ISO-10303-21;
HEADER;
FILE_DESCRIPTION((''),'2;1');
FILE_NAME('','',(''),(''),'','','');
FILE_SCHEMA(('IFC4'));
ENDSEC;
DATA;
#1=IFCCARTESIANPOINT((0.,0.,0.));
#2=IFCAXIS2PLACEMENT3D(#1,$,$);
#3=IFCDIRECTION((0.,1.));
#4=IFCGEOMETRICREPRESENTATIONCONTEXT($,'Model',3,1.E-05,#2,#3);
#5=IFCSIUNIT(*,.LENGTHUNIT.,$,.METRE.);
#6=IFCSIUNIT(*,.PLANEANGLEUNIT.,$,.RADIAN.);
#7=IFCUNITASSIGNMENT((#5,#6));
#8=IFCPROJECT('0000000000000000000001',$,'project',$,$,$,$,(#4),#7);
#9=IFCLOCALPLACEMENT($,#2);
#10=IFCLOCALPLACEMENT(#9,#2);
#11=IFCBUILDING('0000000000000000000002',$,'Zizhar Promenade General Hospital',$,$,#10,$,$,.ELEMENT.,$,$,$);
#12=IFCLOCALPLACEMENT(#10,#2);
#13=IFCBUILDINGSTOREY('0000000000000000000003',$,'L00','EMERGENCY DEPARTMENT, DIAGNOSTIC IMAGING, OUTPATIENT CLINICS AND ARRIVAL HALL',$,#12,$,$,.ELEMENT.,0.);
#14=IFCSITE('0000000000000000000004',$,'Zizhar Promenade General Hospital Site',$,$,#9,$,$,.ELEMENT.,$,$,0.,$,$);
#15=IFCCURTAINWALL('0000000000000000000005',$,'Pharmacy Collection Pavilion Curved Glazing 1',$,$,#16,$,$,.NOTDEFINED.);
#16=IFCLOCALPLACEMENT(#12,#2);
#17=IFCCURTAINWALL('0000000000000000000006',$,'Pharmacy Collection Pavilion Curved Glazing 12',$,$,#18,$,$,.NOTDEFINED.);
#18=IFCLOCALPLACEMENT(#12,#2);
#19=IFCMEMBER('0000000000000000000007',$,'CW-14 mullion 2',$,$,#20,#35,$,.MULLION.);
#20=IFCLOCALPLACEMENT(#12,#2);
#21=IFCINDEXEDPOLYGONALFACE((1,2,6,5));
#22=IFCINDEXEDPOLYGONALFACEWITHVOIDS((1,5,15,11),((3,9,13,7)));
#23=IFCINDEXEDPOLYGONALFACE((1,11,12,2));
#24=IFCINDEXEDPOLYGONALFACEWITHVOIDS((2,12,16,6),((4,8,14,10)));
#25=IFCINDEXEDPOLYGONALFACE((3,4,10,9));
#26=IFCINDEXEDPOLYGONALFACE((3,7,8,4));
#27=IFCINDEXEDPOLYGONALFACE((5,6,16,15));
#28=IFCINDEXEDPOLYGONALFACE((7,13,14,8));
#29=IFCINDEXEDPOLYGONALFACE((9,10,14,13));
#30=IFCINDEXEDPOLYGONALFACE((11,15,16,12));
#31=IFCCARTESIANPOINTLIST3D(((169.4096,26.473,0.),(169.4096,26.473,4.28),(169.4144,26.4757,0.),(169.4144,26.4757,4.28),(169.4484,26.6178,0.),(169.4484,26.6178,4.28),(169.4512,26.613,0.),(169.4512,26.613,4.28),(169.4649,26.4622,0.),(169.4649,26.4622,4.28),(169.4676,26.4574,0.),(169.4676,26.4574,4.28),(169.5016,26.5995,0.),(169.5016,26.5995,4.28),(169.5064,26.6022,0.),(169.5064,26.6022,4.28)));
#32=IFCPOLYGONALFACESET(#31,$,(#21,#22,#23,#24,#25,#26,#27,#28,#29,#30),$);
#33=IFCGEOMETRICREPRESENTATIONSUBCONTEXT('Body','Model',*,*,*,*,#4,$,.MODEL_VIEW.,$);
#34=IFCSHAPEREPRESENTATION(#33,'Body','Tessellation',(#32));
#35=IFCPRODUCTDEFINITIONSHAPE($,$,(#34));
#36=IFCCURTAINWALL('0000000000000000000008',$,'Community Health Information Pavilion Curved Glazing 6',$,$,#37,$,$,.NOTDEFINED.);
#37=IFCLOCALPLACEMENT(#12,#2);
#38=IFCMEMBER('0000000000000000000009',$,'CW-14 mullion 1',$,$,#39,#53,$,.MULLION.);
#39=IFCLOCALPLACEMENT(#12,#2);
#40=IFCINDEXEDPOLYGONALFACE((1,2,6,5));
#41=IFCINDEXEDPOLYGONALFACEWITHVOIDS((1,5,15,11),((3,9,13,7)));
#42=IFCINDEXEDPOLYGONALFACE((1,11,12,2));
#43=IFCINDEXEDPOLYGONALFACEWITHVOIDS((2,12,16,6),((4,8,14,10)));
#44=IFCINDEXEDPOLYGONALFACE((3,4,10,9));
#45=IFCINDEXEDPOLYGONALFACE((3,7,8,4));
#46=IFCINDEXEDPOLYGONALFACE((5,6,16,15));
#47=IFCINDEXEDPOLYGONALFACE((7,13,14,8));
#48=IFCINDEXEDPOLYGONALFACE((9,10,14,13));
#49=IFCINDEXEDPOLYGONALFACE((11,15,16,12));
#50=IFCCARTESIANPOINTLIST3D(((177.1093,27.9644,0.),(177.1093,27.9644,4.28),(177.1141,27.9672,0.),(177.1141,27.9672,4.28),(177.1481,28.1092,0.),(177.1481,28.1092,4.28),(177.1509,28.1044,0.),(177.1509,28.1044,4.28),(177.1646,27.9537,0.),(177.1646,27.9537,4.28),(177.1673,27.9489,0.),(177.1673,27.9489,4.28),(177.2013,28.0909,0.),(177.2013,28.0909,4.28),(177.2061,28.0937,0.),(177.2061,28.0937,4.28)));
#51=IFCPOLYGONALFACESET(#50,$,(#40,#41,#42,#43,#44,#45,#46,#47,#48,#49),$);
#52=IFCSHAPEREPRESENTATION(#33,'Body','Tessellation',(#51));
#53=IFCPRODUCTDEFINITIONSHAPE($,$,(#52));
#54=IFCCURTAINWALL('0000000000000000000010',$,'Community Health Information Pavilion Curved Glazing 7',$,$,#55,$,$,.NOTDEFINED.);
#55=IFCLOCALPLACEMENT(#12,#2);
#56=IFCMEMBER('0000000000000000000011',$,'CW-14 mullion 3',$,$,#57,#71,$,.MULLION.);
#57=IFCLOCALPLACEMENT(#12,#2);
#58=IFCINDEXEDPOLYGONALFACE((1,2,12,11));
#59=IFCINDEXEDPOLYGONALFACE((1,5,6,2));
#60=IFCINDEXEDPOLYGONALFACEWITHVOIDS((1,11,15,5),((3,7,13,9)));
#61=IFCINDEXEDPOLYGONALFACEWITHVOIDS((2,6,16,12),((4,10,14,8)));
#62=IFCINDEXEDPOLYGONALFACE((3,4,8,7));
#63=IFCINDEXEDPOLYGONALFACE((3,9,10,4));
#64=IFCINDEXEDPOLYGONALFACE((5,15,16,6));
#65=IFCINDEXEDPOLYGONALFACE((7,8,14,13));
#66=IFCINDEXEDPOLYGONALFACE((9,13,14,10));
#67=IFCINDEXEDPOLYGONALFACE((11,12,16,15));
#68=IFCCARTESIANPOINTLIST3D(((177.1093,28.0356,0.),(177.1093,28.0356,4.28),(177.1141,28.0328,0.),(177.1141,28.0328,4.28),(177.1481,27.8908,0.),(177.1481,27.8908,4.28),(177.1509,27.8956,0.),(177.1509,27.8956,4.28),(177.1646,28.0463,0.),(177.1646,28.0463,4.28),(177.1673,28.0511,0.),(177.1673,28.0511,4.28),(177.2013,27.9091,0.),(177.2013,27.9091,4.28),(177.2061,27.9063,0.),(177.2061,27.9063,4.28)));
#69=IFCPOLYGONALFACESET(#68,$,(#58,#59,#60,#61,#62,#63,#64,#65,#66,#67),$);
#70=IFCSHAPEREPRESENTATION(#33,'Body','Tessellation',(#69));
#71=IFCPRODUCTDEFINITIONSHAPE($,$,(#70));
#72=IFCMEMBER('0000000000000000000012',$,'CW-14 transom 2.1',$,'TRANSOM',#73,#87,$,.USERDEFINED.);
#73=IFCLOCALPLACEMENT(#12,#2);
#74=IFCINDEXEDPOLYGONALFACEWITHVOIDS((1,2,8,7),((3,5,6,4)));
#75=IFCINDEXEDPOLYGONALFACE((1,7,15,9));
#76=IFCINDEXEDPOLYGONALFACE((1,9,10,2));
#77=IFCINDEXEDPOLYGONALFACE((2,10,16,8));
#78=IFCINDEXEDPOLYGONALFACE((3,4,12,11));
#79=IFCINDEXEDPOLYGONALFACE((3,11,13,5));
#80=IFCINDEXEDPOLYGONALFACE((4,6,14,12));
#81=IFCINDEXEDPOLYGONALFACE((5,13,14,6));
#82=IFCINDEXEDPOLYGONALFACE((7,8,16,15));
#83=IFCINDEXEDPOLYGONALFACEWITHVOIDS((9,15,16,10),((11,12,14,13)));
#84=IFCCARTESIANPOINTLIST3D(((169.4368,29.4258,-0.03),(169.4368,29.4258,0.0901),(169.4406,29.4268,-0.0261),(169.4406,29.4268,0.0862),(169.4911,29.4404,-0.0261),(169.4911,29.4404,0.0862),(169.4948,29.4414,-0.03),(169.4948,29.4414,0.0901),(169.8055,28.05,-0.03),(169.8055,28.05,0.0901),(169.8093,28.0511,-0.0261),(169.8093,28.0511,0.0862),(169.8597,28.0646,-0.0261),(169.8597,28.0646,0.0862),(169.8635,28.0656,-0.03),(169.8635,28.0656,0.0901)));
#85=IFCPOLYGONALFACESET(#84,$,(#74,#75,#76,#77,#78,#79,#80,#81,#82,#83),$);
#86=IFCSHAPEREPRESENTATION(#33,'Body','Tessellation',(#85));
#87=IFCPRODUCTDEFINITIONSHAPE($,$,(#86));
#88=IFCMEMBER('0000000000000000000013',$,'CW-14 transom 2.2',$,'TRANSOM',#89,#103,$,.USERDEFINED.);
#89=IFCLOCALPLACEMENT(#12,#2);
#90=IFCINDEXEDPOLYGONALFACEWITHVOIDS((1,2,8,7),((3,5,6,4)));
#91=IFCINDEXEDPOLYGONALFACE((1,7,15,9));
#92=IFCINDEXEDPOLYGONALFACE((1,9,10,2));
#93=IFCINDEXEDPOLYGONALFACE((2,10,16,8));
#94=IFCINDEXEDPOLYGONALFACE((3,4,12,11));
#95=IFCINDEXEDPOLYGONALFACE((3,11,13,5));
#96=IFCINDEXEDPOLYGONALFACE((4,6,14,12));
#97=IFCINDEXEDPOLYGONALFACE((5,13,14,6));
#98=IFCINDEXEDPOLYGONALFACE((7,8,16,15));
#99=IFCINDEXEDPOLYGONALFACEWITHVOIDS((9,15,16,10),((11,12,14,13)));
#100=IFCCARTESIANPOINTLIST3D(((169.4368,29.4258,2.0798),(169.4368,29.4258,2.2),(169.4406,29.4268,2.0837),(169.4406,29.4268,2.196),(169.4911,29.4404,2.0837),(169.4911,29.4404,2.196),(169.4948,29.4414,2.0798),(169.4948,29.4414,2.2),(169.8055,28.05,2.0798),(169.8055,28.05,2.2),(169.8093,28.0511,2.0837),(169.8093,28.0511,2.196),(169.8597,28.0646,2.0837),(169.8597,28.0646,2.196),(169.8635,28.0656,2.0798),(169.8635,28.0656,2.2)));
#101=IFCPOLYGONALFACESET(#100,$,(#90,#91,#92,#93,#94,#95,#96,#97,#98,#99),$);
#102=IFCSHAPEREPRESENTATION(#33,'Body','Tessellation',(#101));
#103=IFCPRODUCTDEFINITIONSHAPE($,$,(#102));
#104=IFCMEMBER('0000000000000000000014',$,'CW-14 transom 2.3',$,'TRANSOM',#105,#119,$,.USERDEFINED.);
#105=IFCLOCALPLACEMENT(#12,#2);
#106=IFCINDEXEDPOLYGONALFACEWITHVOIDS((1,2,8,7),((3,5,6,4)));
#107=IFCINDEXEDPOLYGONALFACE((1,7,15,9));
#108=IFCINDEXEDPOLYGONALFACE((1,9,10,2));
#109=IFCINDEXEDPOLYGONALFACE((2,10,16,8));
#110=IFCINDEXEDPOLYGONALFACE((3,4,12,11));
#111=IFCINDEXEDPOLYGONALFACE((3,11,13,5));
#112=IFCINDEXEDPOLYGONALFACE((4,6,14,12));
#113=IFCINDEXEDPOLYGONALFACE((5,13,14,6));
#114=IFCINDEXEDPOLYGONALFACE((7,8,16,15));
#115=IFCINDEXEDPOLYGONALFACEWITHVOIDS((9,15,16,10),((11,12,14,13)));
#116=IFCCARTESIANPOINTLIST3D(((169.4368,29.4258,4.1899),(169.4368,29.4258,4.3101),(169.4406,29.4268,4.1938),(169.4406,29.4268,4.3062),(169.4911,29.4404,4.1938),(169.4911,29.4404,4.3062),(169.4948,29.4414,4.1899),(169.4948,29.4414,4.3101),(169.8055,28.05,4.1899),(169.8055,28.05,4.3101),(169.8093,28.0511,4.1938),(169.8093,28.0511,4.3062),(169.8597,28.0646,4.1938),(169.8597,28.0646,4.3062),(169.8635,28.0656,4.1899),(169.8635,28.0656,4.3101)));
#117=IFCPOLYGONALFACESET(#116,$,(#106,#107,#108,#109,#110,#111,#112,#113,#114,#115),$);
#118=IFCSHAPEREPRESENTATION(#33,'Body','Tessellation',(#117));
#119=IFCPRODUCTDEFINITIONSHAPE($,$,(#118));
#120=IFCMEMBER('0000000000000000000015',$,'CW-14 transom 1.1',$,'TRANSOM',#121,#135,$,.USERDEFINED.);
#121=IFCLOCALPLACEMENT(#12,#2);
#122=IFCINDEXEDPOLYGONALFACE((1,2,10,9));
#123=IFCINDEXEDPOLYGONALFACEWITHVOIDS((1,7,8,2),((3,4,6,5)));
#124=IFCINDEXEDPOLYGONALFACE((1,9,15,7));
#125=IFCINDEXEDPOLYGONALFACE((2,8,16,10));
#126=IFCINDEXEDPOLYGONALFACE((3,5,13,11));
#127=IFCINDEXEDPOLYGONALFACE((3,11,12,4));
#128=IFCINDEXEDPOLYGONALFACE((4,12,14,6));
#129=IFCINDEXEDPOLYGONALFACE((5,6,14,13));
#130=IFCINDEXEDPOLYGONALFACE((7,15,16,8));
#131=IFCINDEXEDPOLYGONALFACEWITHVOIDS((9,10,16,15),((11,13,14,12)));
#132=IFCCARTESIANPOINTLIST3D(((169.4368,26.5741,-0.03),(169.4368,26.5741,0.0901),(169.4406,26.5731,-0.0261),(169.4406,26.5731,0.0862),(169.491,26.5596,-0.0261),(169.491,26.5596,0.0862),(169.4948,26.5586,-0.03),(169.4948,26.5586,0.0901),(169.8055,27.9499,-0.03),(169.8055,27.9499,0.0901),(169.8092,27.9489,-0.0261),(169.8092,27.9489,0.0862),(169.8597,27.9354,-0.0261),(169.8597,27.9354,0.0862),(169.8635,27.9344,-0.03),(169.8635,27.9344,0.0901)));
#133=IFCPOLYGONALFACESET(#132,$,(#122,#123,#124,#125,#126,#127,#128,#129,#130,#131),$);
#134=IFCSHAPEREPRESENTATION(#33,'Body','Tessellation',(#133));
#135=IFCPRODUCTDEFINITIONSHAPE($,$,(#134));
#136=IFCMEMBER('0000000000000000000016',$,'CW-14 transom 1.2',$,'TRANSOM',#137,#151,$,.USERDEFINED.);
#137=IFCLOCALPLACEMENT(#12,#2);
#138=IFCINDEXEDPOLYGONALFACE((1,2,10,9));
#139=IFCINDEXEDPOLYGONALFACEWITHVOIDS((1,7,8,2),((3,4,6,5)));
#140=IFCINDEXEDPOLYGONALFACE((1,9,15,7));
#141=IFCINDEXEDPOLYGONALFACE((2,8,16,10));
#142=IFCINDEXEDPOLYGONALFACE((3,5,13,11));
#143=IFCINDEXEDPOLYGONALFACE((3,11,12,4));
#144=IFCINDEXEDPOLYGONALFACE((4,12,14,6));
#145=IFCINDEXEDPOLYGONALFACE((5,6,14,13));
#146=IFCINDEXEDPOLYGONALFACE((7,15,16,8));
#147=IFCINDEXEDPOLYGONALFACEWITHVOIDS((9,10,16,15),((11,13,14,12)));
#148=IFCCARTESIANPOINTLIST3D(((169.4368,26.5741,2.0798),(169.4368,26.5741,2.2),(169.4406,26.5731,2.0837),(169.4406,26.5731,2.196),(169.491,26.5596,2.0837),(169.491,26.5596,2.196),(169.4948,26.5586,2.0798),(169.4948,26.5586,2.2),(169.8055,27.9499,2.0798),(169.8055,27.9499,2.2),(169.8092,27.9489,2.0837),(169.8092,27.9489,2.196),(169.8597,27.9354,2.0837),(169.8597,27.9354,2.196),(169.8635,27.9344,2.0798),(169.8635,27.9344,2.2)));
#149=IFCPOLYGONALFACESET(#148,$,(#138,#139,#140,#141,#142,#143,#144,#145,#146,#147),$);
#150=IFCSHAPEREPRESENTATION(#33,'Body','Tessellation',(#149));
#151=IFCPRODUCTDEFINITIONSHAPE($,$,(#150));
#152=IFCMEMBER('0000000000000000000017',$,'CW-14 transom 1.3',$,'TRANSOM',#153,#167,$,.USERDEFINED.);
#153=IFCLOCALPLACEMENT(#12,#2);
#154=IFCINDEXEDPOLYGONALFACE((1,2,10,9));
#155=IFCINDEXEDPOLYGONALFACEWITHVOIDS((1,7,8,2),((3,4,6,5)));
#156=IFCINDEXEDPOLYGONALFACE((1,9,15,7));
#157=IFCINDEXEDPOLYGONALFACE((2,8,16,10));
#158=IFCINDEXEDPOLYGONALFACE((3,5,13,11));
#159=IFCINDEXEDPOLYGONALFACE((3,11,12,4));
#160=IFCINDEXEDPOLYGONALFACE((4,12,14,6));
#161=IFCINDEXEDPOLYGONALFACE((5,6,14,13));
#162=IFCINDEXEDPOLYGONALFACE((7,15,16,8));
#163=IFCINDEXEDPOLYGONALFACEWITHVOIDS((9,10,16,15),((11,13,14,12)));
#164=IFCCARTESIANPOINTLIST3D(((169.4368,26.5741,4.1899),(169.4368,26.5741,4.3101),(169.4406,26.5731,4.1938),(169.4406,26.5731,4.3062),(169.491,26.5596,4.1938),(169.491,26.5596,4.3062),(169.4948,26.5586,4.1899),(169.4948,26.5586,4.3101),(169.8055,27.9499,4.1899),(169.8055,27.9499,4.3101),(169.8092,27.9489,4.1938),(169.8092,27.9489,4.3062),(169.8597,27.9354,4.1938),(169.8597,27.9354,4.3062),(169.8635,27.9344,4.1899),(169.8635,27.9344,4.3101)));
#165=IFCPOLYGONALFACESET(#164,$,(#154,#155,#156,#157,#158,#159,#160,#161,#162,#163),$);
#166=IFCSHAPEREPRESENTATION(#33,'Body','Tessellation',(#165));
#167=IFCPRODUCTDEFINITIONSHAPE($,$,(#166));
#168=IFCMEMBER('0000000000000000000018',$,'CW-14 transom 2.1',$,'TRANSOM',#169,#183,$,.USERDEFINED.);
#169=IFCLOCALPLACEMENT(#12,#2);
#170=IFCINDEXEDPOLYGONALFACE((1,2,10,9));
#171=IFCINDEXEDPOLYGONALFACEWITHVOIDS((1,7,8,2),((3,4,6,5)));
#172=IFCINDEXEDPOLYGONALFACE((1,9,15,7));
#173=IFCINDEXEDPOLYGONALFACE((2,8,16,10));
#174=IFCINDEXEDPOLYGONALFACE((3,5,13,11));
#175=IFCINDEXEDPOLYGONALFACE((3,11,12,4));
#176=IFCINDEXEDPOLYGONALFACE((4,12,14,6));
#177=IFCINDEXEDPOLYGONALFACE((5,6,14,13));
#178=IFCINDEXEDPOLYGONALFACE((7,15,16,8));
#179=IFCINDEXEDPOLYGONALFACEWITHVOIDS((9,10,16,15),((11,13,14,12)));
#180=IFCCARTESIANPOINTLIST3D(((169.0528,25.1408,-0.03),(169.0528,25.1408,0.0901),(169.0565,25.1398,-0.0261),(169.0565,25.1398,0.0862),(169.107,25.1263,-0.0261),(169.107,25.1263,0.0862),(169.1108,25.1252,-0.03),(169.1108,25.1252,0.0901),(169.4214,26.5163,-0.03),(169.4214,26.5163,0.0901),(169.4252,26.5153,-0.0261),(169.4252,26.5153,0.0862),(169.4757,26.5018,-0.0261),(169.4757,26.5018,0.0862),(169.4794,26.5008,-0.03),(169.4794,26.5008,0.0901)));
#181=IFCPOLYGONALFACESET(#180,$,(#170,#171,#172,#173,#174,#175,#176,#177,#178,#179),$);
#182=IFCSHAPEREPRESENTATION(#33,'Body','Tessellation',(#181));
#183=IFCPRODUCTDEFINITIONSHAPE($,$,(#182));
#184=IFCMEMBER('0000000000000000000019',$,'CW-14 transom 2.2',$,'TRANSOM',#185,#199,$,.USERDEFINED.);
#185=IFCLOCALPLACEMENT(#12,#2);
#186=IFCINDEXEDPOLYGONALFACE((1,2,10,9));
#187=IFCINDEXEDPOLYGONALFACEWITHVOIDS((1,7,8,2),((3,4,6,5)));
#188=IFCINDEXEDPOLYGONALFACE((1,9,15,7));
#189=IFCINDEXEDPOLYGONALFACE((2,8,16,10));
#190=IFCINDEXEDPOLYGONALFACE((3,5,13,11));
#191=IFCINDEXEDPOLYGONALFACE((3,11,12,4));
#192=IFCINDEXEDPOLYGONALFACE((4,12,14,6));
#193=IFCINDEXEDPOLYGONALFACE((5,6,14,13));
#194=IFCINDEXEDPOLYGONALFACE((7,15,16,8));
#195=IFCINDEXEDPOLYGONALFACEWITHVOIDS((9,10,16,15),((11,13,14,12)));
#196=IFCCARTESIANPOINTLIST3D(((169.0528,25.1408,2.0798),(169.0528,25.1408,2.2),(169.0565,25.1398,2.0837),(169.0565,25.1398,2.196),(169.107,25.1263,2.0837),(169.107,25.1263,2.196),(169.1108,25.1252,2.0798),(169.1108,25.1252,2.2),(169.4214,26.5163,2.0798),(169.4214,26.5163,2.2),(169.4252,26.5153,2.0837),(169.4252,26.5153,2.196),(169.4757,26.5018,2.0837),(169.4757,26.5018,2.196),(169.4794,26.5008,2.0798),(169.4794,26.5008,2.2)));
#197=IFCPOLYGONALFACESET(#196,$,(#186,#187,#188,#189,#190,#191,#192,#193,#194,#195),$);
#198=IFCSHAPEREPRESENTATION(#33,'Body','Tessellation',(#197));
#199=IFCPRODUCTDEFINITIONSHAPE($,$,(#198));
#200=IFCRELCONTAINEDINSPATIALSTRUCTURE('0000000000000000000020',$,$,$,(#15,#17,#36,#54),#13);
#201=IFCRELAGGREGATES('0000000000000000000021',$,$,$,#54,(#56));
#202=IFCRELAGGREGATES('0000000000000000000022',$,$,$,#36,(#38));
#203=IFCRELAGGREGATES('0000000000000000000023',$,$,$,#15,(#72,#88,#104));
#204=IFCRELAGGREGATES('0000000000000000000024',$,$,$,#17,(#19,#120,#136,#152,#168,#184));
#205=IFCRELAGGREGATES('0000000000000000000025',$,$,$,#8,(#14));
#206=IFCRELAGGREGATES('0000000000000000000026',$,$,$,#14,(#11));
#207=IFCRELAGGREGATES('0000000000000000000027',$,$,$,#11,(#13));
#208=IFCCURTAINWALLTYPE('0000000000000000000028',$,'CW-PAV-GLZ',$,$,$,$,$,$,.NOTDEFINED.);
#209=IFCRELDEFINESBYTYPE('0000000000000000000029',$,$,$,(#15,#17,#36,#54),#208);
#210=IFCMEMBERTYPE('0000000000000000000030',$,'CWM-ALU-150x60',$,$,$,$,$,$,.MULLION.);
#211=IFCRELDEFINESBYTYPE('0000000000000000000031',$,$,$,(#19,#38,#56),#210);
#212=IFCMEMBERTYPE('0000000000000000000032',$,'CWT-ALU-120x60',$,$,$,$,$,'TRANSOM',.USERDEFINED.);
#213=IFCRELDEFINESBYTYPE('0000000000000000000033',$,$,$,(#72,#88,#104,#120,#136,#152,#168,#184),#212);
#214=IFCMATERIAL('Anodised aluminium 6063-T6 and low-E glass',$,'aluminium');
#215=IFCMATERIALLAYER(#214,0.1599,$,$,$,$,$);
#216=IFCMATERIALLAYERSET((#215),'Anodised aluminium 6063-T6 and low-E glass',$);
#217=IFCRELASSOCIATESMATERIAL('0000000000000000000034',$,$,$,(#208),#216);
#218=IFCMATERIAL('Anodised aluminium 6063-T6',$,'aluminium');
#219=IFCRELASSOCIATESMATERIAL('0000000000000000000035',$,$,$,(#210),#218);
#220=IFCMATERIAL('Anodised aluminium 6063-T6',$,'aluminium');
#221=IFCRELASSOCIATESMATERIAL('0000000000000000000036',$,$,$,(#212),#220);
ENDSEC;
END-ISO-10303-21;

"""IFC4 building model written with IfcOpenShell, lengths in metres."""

from ifc_helpers import new_model, si_unit, direction, frame, origin, origin_2d, place, context, subcontext, project, spatial, hollow_rectangle, extrude, material, layer, layer_set, material_profile, profile_set, type_object, element, aggregate, save


model = new_model("IFC4")

# Units and contexts
model_context = context("Model", 3, precision=1e-05, world=origin(), true_north=direction((0.0, 1.0)))
body_context = subcontext(model_context, "Body", "Model", "MODEL_VIEW")
ifc_project = project(units=[si_unit("LENGTHUNIT", "METRE"), si_unit("PLANEANGLEUNIT", "RADIAN")], contexts=[model_context])

# Site, building, storey
site_placement = place(None, origin())
site = spatial("IfcSite", under=ifc_project, at=site_placement, Name="Zizhar Promenade General Hospital Site", CompositionType="ELEMENT", RefElevation=0.0)
building_placement = place(site_placement, origin())
building = spatial("IfcBuilding", under=site, at=building_placement, Name="Zizhar Promenade General Hospital", CompositionType="ELEMENT")
storey_placement = place(building_placement, origin())
storey = spatial("IfcBuildingStorey", under=building, at=storey_placement, Name="L00", Description="EMERGENCY DEPARTMENT, DIAGNOSTIC IMAGING, OUTPATIENT CLINICS AND ARRIVAL HALL", CompositionType="ELEMENT", Elevation=0.0)

# Curtain walls, member
ifc_material_1 = material(Name="Anodised aluminium 6063-T6 and low-E glass", Category="aluminium")
ifc_layer_1 = layer(ifc_material_1, 0.1599)
ifc_layer_set_1 = layer_set([ifc_layer_1], Name="Anodised aluminium 6063-T6 and low-E glass")
curtain_wall_type = type_object("IfcCurtainWallType", Name="CW-PAV-GLZ", PredefinedType="NOTDEFINED", material=ifc_layer_set_1)
curtain_wall_1_placement = place(storey_placement, origin())
curtain_wall_1 = element("IfcCurtainWall", 1, at=curtain_wall_1_placement, inside=storey, type_object=curtain_wall_type, Name="Pharmacy Collection Pavilion Curved Glazing 1", PredefinedType="NOTDEFINED")
ifc_material_2 = material(Name="Anodised aluminium 6063-T6", Category="aluminium")
ifc_material_profile_1 = material_profile(ifc_material_2, hollow_rectangle(XDim=0.0601, YDim=0.1499, WallThickness=0.0039, at=origin_2d()))
ifc_profile_set_1 = profile_set([ifc_material_profile_1], Name="Anodised aluminium 6063-T6")
member_type_1 = type_object("IfcMemberType", Name="CWM-ALU-150x60", PredefinedType="MULLION", material=ifc_profile_set_1)
curtain_wall_2_placement = place(storey_placement, origin())
curtain_wall_2 = element("IfcCurtainWall", 2, at=curtain_wall_2_placement, inside=storey, type_object=curtain_wall_type, Name="Pharmacy Collection Pavilion Curved Glazing 12", PredefinedType="NOTDEFINED")
member_1_placement = place(storey_placement, frame((169.458, 26.5376, 0.0), z_axis=(0.0, 0.0, 1.0), x_axis=(0.965922, -0.258834, 0.0)))
member_1 = element("IfcMember", 3, at=member_1_placement, type_object=member_type_1, Name="CW-14 mullion 2", PredefinedType="MULLION", context=body_context, shape_type="SweptSolid", body=[
    extrude(hollow_rectangle(XDim=0.0601, YDim=0.1499, WallThickness=0.0039, at=origin_2d()), origin(), (0.0, 0.0, 1.0), 4.28),
])

# Curtain walls, members
curtain_wall_3_placement = place(storey_placement, origin())
curtain_wall_3 = element("IfcCurtainWall", 4, at=curtain_wall_3_placement, inside=storey, type_object=curtain_wall_type, Name="Community Health Information Pavilion Curved Glazing 6", PredefinedType="NOTDEFINED")
member_2_placement = place(storey_placement, frame((177.1577, 28.0291, 0.0), z_axis=(0.0, 0.0, 1.0), x_axis=(-0.965922, 0.258834, 0.0)))
member_2 = element("IfcMember", 5, at=member_2_placement, type_object=member_type_1, Name="CW-14 mullion 1", PredefinedType="MULLION", context=body_context, shape_type="SweptSolid", body=[
    extrude(hollow_rectangle(XDim=0.0601, YDim=0.1499, WallThickness=0.0039, at=origin_2d()), origin(), (0.0, 0.0, 1.0), 4.28),
])
curtain_wall_4_placement = place(storey_placement, origin())
curtain_wall_4 = element("IfcCurtainWall", 6, at=curtain_wall_4_placement, inside=storey, type_object=curtain_wall_type, Name="Community Health Information Pavilion Curved Glazing 7", PredefinedType="NOTDEFINED")
member_3_placement = place(storey_placement, frame((177.1577, 27.9709, 0.0), z_axis=(0.0, 0.0, 1.0), x_axis=(-0.965922, -0.258834, 0.0)))
member_3 = element("IfcMember", 7, at=member_3_placement, type_object=member_type_1, Name="CW-14 mullion 3", PredefinedType="MULLION", context=body_context, shape_type="SweptSolid", body=[
    extrude(hollow_rectangle(XDim=0.0601, YDim=0.1499, WallThickness=0.0039, at=origin_2d()), origin(), (0.0, 0.0, 1.0), 4.28),
])
aggregate(curtain_wall_4, [member_3])

# Members
ifc_material_3 = material(Name="Anodised aluminium 6063-T6", Category="aluminium")
ifc_material_profile_2 = material_profile(ifc_material_3, hollow_rectangle(XDim=0.0601, YDim=0.1201, WallThickness=0.0039, at=origin_2d()))
ifc_profile_set_2 = profile_set([ifc_material_profile_2], Name="Anodised aluminium 6063-T6")
member_type_2 = type_object("IfcMemberType", Name="CWT-ALU-120x60", ElementType="TRANSOM", PredefinedType="USERDEFINED", material=ifc_profile_set_2)
member_4_placement = place(storey_placement, frame((169.4658, 29.4336, 0.03), z_axis=(0.258836, -0.965921, 0.0), x_axis=(0.965921, 0.258836, 0.0)))
member_4 = element("IfcMember", 8, at=member_4_placement, type_object=member_type_2, Name="CW-14 transom 2.1", ObjectType="TRANSOM", PredefinedType="USERDEFINED", context=body_context, shape_type="SweptSolid", body=[
    extrude(hollow_rectangle(XDim=0.0601, YDim=0.1201, WallThickness=0.0039, at=origin_2d()), origin(), (0.0, 0.0, 1.0), 1.4243),
])
member_5_placement = place(storey_placement, frame((169.4658, 29.4336, 2.1399), z_axis=(0.258836, -0.965921, 0.0), x_axis=(0.965921, 0.258836, 0.0)))
member_5 = element("IfcMember", 9, at=member_5_placement, type_object=member_type_2, Name="CW-14 transom 2.2", ObjectType="TRANSOM", PredefinedType="USERDEFINED", context=body_context, shape_type="SweptSolid", body=[
    extrude(hollow_rectangle(XDim=0.0601, YDim=0.1201, WallThickness=0.0039, at=origin_2d()), origin(), (0.0, 0.0, 1.0), 1.4243),
])
member_6_placement = place(storey_placement, frame((169.4658, 29.4336, 4.25), z_axis=(0.258836, -0.965921, 0.0), x_axis=(0.965921, 0.258836, 0.0)))
member_6 = element("IfcMember", 10, at=member_6_placement, type_object=member_type_2, Name="CW-14 transom 2.3", ObjectType="TRANSOM", PredefinedType="USERDEFINED", context=body_context, shape_type="SweptSolid", body=[
    extrude(hollow_rectangle(XDim=0.0601, YDim=0.1201, WallThickness=0.0039, at=origin_2d()), origin(), (0.0, 0.0, 1.0), 1.4243),
])
member_7_placement = place(storey_placement, frame((169.8345, 27.9421, 0.03), z_axis=(-0.258836, -0.965921, 0.0), x_axis=(0.965921, -0.258836, 0.0)))
member_7 = element("IfcMember", 11, at=member_7_placement, type_object=member_type_2, Name="CW-14 transom 1.1", ObjectType="TRANSOM", PredefinedType="USERDEFINED", context=body_context, shape_type="SweptSolid", body=[
    extrude(hollow_rectangle(XDim=0.0601, YDim=0.1201, WallThickness=0.0039, at=origin_2d()), origin(), (0.0, 0.0, 1.0), 1.4243),
])
member_8_placement = place(storey_placement, frame((169.8345, 27.9421, 2.1399), z_axis=(-0.258836, -0.965921, 0.0), x_axis=(0.965921, -0.258836, 0.0)))
member_8 = element("IfcMember", 12, at=member_8_placement, type_object=member_type_2, Name="CW-14 transom 1.2", ObjectType="TRANSOM", PredefinedType="USERDEFINED", context=body_context, shape_type="SweptSolid", body=[
    extrude(hollow_rectangle(XDim=0.0601, YDim=0.1201, WallThickness=0.0039, at=origin_2d()), origin(), (0.0, 0.0, 1.0), 1.4243),
])
member_9_placement = place(storey_placement, frame((169.8345, 27.9421, 4.25), z_axis=(-0.258836, -0.965921, 0.0), x_axis=(0.965921, -0.258836, 0.0)))
member_9 = element("IfcMember", 13, at=member_9_placement, type_object=member_type_2, Name="CW-14 transom 1.3", ObjectType="TRANSOM", PredefinedType="USERDEFINED", context=body_context, shape_type="SweptSolid", body=[
    extrude(hollow_rectangle(XDim=0.0601, YDim=0.1201, WallThickness=0.0039, at=origin_2d()), origin(), (0.0, 0.0, 1.0), 1.4243),
])
member_10_placement = place(storey_placement, frame((169.4504, 26.5085, 0.03), z_axis=(-0.258879, -0.96591, 0.0), x_axis=(0.96591, -0.258879, 0.0)))
member_10 = element("IfcMember", 14, at=member_10_placement, type_object=member_type_2, Name="CW-14 transom 2.1", ObjectType="TRANSOM", PredefinedType="USERDEFINED", context=body_context, shape_type="SweptSolid", body=[
    extrude(hollow_rectangle(XDim=0.0601, YDim=0.1201, WallThickness=0.0039, at=origin_2d()), origin(), (0.0, 0.0, 1.0), 1.4241),
])
member_11_placement = place(storey_placement, frame((169.4504, 26.5085, 2.1399), z_axis=(-0.258879, -0.96591, 0.0), x_axis=(0.96591, -0.258879, 0.0)))
member_11 = element("IfcMember", 15, at=member_11_placement, type_object=member_type_2, Name="CW-14 transom 2.2", ObjectType="TRANSOM", PredefinedType="USERDEFINED", context=body_context, shape_type="SweptSolid", body=[
    extrude(hollow_rectangle(XDim=0.0601, YDim=0.1201, WallThickness=0.0039, at=origin_2d()), origin(), (0.0, 0.0, 1.0), 1.4241),
])
aggregate(curtain_wall_3, [member_2])

aggregate(curtain_wall_1, [member_4, member_5, member_6])
aggregate(curtain_wall_2, [member_1, member_7, member_8, member_9, member_10, member_11])

save(model, "model.ifc")
